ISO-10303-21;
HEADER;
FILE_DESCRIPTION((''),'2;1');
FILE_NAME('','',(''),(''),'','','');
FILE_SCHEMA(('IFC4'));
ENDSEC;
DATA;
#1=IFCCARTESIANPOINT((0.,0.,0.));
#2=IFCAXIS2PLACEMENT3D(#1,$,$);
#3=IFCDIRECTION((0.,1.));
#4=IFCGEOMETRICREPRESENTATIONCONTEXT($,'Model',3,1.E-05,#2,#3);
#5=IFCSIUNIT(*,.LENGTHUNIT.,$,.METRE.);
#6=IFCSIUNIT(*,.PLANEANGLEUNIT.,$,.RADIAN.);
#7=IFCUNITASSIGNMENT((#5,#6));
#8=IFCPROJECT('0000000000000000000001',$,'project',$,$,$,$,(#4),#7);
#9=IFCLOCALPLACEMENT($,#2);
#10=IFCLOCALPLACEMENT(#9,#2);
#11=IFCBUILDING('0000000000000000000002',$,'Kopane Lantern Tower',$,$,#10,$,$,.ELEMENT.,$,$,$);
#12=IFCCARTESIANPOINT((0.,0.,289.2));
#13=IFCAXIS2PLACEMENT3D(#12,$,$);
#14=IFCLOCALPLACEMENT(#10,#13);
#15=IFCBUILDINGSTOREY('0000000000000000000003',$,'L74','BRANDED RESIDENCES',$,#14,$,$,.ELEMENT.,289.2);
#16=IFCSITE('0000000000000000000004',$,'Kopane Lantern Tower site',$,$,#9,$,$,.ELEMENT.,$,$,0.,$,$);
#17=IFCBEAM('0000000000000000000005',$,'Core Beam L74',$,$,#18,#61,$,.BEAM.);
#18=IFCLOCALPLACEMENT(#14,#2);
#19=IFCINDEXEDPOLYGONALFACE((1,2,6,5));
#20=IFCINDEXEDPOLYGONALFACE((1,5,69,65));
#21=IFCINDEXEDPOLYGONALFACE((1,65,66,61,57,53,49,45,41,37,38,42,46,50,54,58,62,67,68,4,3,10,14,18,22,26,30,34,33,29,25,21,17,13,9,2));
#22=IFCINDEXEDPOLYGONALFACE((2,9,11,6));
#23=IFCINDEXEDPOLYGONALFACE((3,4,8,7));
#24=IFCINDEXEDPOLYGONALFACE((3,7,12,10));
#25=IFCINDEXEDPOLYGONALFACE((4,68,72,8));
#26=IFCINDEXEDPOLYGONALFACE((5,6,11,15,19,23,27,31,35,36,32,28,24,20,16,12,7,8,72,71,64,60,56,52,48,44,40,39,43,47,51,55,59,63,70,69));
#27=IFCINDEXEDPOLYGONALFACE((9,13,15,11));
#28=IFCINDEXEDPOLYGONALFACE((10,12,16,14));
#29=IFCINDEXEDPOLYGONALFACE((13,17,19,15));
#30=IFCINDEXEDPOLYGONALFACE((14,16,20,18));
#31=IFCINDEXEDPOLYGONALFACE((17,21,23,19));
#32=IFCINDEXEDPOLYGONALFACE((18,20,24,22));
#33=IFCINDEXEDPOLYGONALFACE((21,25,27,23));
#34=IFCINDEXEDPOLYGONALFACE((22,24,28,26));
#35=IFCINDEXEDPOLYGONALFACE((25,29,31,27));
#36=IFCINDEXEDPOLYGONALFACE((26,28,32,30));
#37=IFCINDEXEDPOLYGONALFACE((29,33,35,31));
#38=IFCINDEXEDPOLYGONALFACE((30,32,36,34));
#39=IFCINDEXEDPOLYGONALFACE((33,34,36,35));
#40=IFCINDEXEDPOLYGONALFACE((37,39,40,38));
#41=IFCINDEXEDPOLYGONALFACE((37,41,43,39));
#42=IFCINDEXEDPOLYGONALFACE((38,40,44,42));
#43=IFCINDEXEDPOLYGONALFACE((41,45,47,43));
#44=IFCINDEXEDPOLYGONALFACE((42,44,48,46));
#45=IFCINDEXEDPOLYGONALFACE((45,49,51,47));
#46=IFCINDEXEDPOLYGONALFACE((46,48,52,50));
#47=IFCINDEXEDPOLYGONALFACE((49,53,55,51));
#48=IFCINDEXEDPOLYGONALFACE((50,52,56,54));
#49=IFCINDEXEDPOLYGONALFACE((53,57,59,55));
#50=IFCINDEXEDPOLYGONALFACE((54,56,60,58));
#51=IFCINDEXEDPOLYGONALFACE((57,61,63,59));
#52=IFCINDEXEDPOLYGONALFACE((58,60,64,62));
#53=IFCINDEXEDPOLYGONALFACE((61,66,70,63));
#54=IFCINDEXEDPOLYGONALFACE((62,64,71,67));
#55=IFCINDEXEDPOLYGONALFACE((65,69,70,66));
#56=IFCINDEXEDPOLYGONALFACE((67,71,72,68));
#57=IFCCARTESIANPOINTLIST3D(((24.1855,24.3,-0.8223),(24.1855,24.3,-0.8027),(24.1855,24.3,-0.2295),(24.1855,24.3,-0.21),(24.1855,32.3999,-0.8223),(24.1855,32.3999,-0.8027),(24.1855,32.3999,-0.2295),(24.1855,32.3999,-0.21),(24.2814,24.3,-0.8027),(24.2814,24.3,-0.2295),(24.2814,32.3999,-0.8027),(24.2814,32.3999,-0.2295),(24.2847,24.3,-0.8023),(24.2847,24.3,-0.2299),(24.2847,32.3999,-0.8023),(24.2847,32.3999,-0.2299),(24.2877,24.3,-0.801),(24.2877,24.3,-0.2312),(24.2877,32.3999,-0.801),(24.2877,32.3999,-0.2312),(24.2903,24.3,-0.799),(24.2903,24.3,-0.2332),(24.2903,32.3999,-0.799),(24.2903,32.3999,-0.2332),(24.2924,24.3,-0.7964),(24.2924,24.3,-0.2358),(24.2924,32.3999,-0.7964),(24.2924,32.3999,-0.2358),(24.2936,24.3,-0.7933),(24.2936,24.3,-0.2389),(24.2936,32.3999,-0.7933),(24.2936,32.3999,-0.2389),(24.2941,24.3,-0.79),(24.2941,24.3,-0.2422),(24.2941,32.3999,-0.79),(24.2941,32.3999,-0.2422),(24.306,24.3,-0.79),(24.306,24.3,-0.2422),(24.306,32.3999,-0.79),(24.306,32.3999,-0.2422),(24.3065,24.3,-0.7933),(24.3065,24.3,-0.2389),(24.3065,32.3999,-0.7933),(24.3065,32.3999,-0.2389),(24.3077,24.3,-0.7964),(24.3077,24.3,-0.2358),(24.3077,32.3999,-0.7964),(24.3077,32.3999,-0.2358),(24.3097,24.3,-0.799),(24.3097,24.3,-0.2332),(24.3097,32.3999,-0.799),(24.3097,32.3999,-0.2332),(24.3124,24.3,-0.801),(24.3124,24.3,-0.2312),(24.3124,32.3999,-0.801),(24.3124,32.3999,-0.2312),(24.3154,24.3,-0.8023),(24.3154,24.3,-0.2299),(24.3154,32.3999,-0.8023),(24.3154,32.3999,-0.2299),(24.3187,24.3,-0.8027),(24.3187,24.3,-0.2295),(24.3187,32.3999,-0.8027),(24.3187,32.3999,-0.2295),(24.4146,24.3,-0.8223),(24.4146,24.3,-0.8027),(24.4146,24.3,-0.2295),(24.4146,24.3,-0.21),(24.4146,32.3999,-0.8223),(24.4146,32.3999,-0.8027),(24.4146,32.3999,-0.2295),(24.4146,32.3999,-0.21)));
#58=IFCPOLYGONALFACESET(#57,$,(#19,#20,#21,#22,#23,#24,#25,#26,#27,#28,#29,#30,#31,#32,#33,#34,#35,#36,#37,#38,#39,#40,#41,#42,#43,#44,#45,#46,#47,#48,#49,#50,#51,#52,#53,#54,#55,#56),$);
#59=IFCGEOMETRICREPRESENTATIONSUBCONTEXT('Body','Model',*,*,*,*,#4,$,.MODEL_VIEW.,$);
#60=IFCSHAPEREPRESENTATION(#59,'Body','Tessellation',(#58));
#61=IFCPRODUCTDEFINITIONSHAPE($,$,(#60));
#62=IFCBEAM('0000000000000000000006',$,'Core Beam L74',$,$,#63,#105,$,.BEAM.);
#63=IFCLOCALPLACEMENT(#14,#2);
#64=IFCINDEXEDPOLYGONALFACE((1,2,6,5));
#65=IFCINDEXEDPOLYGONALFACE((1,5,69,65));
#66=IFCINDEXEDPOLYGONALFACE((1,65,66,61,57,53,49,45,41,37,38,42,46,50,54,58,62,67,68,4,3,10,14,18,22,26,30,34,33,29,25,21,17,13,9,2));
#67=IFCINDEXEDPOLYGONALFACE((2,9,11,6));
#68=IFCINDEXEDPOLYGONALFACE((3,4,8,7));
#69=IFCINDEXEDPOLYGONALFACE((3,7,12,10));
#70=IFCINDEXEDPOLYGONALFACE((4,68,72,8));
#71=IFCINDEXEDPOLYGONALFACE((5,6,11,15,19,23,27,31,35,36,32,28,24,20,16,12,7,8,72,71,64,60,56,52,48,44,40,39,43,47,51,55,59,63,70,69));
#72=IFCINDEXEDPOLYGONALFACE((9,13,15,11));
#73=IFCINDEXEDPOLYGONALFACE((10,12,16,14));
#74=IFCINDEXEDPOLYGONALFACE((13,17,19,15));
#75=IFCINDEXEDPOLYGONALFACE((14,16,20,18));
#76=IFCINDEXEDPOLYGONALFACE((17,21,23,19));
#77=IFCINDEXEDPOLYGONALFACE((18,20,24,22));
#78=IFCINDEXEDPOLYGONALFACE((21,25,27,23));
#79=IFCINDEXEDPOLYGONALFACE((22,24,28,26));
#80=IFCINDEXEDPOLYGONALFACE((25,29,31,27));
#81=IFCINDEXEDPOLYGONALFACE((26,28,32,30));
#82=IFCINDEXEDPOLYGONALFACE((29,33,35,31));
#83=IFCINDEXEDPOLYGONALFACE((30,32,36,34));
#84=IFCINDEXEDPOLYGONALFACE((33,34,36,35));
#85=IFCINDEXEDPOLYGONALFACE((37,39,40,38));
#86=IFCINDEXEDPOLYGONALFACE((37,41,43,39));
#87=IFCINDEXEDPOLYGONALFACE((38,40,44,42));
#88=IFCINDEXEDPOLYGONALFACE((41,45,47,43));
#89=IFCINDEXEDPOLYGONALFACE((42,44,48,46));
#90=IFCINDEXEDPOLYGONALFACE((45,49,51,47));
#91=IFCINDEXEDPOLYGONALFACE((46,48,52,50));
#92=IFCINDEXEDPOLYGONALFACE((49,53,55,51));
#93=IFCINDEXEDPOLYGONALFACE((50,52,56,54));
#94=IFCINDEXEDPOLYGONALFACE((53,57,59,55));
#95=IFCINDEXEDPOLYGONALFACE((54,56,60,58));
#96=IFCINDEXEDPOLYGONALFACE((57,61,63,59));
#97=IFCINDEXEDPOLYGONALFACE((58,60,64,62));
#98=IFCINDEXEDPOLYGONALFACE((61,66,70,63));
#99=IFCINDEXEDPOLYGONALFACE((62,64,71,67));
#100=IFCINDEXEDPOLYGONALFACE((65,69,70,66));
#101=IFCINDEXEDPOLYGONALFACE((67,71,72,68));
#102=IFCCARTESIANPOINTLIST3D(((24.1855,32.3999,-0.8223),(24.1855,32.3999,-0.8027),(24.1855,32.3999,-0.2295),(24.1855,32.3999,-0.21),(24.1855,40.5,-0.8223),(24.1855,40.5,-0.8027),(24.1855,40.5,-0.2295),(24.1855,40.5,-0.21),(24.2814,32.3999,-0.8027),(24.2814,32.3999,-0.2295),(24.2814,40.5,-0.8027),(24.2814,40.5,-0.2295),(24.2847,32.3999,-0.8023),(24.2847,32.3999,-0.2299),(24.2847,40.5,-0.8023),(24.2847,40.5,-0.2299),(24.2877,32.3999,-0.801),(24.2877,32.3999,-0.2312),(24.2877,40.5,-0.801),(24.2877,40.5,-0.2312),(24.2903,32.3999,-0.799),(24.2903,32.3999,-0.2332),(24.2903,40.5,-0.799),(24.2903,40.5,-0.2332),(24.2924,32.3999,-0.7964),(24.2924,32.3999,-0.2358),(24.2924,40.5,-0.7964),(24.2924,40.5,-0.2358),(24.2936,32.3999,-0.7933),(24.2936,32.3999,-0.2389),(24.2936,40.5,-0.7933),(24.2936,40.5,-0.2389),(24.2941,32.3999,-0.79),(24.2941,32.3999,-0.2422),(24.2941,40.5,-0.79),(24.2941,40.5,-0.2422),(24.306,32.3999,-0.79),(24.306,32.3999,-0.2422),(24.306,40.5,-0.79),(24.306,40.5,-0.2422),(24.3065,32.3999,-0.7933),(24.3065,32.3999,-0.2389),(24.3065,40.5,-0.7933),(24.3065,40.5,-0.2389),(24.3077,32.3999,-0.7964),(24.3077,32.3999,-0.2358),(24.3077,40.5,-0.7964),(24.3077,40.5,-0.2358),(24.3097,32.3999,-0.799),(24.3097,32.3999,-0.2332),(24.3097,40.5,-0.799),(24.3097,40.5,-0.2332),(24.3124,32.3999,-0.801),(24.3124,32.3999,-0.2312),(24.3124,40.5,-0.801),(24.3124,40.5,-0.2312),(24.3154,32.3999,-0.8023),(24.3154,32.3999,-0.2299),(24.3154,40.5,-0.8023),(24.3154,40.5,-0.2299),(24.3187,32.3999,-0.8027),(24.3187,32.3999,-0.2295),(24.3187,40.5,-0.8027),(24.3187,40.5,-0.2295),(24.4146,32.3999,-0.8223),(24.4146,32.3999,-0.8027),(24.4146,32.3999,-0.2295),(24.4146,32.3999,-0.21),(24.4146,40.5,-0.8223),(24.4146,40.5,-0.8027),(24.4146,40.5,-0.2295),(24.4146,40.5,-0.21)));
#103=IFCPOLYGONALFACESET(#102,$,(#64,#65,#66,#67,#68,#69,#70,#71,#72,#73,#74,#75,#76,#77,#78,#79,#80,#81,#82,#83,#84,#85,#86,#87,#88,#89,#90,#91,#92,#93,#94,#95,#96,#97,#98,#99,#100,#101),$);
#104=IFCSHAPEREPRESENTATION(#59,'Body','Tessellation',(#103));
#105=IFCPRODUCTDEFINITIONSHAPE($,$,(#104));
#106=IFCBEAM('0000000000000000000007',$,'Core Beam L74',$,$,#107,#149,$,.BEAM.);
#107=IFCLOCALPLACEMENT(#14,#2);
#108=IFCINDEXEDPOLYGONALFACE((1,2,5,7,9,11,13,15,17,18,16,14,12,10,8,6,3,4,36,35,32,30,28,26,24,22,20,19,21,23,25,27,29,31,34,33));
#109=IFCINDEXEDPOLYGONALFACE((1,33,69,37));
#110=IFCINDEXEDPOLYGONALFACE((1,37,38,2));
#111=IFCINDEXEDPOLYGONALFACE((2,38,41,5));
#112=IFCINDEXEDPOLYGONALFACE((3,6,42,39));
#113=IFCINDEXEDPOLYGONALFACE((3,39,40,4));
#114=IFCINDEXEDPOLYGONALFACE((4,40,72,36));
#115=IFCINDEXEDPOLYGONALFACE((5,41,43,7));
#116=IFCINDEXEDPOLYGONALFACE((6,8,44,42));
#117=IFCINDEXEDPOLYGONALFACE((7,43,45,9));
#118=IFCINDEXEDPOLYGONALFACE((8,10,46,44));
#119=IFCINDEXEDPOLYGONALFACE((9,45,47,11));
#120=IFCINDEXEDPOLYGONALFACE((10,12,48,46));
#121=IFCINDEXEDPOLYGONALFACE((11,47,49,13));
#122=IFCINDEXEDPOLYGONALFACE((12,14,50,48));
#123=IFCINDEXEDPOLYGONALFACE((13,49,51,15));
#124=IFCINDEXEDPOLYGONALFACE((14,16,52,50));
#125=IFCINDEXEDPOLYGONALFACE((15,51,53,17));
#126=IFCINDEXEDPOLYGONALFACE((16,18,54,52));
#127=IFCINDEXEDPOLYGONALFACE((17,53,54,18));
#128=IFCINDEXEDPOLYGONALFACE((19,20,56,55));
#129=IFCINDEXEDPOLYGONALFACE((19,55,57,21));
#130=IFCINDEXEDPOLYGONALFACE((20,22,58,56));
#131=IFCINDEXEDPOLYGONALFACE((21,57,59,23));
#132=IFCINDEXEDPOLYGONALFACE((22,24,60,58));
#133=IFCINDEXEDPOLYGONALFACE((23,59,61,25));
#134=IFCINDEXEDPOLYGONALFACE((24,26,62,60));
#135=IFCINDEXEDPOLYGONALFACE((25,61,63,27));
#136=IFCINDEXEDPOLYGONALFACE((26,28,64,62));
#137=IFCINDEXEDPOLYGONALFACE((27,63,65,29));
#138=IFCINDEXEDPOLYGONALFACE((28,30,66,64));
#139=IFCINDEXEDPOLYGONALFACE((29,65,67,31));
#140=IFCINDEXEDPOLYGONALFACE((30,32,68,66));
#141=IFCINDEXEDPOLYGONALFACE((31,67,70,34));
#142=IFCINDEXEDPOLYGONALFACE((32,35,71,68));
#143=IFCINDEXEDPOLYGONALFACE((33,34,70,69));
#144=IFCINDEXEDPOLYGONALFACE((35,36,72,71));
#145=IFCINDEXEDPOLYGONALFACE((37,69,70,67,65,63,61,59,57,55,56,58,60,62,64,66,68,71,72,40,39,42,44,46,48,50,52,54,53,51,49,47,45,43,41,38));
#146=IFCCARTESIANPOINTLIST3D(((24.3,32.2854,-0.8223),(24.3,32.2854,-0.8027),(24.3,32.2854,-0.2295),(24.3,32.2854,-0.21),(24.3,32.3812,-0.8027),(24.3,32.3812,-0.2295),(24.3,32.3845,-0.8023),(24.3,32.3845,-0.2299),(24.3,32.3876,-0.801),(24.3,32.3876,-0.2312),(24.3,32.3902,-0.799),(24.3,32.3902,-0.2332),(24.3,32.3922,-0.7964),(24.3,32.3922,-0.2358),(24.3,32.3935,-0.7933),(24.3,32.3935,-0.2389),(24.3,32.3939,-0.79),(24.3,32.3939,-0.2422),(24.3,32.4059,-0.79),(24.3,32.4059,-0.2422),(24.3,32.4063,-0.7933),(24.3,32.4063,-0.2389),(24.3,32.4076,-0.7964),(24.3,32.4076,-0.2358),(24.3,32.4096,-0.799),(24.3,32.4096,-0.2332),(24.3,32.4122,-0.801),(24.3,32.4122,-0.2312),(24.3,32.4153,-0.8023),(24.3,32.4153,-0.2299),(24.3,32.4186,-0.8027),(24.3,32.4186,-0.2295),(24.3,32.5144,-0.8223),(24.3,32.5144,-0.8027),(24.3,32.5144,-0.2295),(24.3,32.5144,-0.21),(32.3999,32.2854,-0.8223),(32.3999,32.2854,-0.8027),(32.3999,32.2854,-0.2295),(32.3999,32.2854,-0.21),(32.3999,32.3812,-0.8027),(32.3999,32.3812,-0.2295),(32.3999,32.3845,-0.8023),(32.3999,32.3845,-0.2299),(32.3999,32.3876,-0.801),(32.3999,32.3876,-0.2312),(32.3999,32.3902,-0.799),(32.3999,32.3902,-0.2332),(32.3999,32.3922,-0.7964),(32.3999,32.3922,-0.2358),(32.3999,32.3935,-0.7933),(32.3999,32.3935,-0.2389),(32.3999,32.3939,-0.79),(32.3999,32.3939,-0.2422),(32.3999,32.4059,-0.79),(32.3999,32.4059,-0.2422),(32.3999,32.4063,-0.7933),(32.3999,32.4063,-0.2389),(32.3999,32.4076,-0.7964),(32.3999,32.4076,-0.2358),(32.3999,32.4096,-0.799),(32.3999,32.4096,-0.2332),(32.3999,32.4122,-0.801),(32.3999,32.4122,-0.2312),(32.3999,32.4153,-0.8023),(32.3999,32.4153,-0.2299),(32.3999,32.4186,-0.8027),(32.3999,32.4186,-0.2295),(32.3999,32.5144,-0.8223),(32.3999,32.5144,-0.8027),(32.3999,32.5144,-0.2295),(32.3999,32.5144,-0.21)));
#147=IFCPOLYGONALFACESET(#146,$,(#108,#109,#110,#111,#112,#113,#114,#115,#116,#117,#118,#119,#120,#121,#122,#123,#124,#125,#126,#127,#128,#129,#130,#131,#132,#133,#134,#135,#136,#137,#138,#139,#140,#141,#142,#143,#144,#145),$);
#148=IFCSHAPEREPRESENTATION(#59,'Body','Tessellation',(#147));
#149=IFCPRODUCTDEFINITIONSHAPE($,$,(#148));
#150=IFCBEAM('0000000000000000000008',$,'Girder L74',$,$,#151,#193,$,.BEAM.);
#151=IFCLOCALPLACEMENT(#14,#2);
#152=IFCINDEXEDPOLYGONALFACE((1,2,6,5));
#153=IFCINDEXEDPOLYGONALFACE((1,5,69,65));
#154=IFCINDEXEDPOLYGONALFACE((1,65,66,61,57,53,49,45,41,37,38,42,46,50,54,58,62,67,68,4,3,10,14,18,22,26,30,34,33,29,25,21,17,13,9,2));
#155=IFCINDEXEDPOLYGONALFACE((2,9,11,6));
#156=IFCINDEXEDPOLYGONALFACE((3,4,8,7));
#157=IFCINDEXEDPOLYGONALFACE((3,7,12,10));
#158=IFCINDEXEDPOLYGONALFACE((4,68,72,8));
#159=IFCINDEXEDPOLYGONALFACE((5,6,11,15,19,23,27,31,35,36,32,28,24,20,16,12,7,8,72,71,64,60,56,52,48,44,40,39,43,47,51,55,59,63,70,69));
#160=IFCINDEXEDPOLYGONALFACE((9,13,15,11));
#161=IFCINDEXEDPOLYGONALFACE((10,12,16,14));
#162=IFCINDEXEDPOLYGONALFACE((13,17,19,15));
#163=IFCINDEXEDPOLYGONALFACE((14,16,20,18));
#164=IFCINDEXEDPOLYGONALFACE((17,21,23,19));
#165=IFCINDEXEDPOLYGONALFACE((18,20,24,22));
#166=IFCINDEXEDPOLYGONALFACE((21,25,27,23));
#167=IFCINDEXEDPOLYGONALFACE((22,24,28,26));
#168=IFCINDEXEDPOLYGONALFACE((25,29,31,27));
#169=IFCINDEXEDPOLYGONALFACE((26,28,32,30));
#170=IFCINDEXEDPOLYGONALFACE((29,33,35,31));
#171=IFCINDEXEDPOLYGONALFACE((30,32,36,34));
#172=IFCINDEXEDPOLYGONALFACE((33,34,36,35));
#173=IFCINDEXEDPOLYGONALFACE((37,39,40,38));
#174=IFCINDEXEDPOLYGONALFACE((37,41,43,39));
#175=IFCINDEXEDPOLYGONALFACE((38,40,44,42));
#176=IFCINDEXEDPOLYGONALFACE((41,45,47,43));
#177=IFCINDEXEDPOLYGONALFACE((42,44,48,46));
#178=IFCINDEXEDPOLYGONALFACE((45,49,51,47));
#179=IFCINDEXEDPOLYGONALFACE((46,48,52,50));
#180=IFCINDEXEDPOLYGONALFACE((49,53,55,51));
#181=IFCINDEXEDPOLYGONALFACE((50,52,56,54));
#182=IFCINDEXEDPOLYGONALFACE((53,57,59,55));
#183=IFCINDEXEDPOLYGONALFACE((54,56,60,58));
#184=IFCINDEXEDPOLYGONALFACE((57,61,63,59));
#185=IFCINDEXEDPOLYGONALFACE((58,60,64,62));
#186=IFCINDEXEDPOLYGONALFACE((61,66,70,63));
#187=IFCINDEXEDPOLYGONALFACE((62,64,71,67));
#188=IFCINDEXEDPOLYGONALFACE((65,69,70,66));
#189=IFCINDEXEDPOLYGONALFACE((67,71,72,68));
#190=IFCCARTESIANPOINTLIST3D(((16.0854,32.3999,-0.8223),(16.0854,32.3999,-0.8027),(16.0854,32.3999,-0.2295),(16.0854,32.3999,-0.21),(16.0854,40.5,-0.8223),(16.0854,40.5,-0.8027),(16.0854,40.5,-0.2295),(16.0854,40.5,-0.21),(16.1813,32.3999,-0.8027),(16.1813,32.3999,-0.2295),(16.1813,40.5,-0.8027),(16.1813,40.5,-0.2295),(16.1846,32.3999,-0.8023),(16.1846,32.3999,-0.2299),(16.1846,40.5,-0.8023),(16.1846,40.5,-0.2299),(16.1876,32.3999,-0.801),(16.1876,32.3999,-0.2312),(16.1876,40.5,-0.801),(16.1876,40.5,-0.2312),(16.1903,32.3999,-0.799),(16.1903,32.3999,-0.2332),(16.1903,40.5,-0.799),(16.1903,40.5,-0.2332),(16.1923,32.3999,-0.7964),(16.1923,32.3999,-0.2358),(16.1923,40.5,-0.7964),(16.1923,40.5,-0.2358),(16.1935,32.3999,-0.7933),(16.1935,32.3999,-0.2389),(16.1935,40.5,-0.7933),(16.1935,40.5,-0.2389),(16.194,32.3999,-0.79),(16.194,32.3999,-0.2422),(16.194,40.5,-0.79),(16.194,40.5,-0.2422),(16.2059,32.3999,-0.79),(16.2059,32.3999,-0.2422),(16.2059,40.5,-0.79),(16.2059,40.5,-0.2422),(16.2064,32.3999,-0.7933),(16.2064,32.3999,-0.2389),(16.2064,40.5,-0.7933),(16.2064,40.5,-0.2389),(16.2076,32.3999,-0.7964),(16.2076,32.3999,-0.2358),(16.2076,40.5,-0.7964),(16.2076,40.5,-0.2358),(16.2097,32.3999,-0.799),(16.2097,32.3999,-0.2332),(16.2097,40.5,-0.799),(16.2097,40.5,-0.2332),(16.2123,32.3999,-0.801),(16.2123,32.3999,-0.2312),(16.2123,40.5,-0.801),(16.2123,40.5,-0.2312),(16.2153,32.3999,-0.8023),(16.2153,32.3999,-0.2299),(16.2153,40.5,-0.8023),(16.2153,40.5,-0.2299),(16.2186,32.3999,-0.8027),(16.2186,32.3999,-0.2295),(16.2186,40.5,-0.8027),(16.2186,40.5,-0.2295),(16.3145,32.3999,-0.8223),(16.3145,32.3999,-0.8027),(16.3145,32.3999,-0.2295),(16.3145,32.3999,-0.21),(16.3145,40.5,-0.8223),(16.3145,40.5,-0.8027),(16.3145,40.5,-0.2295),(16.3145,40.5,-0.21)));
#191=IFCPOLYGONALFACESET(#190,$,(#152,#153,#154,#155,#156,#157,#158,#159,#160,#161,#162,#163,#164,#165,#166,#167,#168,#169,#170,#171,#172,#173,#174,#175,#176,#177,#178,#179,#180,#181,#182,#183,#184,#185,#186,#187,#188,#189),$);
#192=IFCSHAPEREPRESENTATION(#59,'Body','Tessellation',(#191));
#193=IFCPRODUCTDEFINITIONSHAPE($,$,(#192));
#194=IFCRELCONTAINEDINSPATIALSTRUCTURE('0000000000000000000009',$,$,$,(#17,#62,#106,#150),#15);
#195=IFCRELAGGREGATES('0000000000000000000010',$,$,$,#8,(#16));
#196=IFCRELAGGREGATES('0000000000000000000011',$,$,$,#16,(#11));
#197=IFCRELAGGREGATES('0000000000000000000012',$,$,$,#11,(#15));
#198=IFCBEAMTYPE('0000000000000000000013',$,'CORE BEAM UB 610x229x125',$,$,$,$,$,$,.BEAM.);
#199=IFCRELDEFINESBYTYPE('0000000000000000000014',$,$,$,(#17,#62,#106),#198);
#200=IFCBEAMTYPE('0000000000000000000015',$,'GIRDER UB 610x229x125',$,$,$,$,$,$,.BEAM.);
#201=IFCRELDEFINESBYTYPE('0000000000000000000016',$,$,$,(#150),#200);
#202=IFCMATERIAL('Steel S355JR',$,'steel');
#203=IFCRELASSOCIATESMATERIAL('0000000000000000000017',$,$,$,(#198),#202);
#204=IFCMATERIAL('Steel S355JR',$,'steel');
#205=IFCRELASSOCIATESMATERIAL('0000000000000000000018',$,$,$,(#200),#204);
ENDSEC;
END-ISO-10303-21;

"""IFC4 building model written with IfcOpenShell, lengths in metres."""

from ifc_helpers import new_model, si_unit, direction, frame, origin, origin_2d, place, context, subcontext, project, spatial, i_section, extrude, material, material_profile, profile_set, type_object, element, save


model = new_model("IFC4")

# Units and contexts
model_context = context("Model", 3, precision=1e-05, world=origin(), true_north=direction((0.0, 1.0)))
body_context = subcontext(model_context, "Body", "Model", "MODEL_VIEW")
ifc_project = project(units=[si_unit("LENGTHUNIT", "METRE"), si_unit("PLANEANGLEUNIT", "RADIAN")], contexts=[model_context])

# Site, building, storey
site_placement = place(None, origin())
site = spatial("IfcSite", under=ifc_project, at=site_placement, Name="Kopane Lantern Tower site", CompositionType="ELEMENT", RefElevation=0.0)
building_placement = place(site_placement, origin())
building = spatial("IfcBuilding", under=site, at=building_placement, Name="Kopane Lantern Tower", CompositionType="ELEMENT")
storey_placement = place(building_placement, frame((0.0, 0.0, 289.2)))
storey = spatial("IfcBuildingStorey", under=building, at=storey_placement, Name="L74", Description="BRANDED RESIDENCES", CompositionType="ELEMENT", Elevation=289.2)

# Beams
ifc_material_1 = material(Name="Steel S355JR", Category="steel")
ifc_material_profile_1 = material_profile(ifc_material_1, i_section(OverallWidth=0.229, OverallDepth=0.6123, WebThickness=0.012, FlangeThickness=0.0195, FilletRadius=0.0127, at=origin_2d()), Name="UB 610x229x125")
ifc_profile_set_1 = profile_set([ifc_material_profile_1], Name="Steel S355JR")
beam_type_1 = type_object("IfcBeamType", Name="CORE BEAM UB 610x229x125", PredefinedType="BEAM", material=ifc_profile_set_1)
beam_1_placement = place(storey_placement, frame((24.3, 24.3, -0.5161), z_axis=(0.0, 1.0, 0.0), x_axis=(-1.0, 0.0, 0.0)))
element("IfcBeam", 1, at=beam_1_placement, inside=storey, type_object=beam_type_1, Name="Core Beam L74", PredefinedType="BEAM", context=body_context, shape_type="SweptSolid", body=[
    extrude(i_section(OverallWidth=0.229, OverallDepth=0.6123, WebThickness=0.012, FlangeThickness=0.0195, FilletRadius=0.0127, at=origin_2d()), origin(), (0.0, 0.0, 1.0), 8.0999),
])
beam_2_placement = place(storey_placement, frame((24.3, 32.3999, -0.5161), z_axis=(0.0, 1.0, 0.0), x_axis=(-1.0, 0.0, 0.0)))
element("IfcBeam", 2, at=beam_2_placement, inside=storey, type_object=beam_type_1, Name="Core Beam L74", PredefinedType="BEAM", context=body_context, shape_type="SweptSolid", body=[
    extrude(i_section(OverallWidth=0.229, OverallDepth=0.6123, WebThickness=0.012, FlangeThickness=0.0195, FilletRadius=0.0127, at=origin_2d()), origin(), (0.0, 0.0, 1.0), 8.1001),
])
beam_3_placement = place(storey_placement, frame((24.3, 32.3999, -0.5161), z_axis=(1.0, 0.0, 0.0), x_axis=(0.0, 1.0, 0.0)))
element("IfcBeam", 3, at=beam_3_placement, inside=storey, type_object=beam_type_1, Name="Core Beam L74", PredefinedType="BEAM", context=body_context, shape_type="SweptSolid", body=[
    extrude(i_section(OverallWidth=0.229, OverallDepth=0.6123, WebThickness=0.012, FlangeThickness=0.0195, FilletRadius=0.0127, at=origin_2d()), origin(), (0.0, 0.0, 1.0), 8.0999),
])
ifc_material_2 = material(Name="Steel S355JR", Category="steel")
ifc_material_profile_2 = material_profile(ifc_material_2, i_section(OverallWidth=0.229, OverallDepth=0.6123, WebThickness=0.012, FlangeThickness=0.0195, FilletRadius=0.0127, at=origin_2d()), Name="UB 610x229x125")
ifc_profile_set_2 = profile_set([ifc_material_profile_2], Name="Steel S355JR")
beam_type_2 = type_object("IfcBeamType", Name="GIRDER UB 610x229x125", PredefinedType="BEAM", material=ifc_profile_set_2)
beam_4_placement = place(storey_placement, frame((16.2, 32.3999, -0.5161), z_axis=(0.0, 1.0, 0.0), x_axis=(-1.0, 0.0, 0.0)))
element("IfcBeam", 4, at=beam_4_placement, inside=storey, type_object=beam_type_2, Name="Girder L74", PredefinedType="BEAM", context=body_context, shape_type="SweptSolid", body=[
    extrude(i_section(OverallWidth=0.229, OverallDepth=0.6123, WebThickness=0.012, FlangeThickness=0.0195, FilletRadius=0.0127, at=origin_2d()), origin(), (0.0, 0.0, 1.0), 8.1001),
])

save(model, "model.ifc")
